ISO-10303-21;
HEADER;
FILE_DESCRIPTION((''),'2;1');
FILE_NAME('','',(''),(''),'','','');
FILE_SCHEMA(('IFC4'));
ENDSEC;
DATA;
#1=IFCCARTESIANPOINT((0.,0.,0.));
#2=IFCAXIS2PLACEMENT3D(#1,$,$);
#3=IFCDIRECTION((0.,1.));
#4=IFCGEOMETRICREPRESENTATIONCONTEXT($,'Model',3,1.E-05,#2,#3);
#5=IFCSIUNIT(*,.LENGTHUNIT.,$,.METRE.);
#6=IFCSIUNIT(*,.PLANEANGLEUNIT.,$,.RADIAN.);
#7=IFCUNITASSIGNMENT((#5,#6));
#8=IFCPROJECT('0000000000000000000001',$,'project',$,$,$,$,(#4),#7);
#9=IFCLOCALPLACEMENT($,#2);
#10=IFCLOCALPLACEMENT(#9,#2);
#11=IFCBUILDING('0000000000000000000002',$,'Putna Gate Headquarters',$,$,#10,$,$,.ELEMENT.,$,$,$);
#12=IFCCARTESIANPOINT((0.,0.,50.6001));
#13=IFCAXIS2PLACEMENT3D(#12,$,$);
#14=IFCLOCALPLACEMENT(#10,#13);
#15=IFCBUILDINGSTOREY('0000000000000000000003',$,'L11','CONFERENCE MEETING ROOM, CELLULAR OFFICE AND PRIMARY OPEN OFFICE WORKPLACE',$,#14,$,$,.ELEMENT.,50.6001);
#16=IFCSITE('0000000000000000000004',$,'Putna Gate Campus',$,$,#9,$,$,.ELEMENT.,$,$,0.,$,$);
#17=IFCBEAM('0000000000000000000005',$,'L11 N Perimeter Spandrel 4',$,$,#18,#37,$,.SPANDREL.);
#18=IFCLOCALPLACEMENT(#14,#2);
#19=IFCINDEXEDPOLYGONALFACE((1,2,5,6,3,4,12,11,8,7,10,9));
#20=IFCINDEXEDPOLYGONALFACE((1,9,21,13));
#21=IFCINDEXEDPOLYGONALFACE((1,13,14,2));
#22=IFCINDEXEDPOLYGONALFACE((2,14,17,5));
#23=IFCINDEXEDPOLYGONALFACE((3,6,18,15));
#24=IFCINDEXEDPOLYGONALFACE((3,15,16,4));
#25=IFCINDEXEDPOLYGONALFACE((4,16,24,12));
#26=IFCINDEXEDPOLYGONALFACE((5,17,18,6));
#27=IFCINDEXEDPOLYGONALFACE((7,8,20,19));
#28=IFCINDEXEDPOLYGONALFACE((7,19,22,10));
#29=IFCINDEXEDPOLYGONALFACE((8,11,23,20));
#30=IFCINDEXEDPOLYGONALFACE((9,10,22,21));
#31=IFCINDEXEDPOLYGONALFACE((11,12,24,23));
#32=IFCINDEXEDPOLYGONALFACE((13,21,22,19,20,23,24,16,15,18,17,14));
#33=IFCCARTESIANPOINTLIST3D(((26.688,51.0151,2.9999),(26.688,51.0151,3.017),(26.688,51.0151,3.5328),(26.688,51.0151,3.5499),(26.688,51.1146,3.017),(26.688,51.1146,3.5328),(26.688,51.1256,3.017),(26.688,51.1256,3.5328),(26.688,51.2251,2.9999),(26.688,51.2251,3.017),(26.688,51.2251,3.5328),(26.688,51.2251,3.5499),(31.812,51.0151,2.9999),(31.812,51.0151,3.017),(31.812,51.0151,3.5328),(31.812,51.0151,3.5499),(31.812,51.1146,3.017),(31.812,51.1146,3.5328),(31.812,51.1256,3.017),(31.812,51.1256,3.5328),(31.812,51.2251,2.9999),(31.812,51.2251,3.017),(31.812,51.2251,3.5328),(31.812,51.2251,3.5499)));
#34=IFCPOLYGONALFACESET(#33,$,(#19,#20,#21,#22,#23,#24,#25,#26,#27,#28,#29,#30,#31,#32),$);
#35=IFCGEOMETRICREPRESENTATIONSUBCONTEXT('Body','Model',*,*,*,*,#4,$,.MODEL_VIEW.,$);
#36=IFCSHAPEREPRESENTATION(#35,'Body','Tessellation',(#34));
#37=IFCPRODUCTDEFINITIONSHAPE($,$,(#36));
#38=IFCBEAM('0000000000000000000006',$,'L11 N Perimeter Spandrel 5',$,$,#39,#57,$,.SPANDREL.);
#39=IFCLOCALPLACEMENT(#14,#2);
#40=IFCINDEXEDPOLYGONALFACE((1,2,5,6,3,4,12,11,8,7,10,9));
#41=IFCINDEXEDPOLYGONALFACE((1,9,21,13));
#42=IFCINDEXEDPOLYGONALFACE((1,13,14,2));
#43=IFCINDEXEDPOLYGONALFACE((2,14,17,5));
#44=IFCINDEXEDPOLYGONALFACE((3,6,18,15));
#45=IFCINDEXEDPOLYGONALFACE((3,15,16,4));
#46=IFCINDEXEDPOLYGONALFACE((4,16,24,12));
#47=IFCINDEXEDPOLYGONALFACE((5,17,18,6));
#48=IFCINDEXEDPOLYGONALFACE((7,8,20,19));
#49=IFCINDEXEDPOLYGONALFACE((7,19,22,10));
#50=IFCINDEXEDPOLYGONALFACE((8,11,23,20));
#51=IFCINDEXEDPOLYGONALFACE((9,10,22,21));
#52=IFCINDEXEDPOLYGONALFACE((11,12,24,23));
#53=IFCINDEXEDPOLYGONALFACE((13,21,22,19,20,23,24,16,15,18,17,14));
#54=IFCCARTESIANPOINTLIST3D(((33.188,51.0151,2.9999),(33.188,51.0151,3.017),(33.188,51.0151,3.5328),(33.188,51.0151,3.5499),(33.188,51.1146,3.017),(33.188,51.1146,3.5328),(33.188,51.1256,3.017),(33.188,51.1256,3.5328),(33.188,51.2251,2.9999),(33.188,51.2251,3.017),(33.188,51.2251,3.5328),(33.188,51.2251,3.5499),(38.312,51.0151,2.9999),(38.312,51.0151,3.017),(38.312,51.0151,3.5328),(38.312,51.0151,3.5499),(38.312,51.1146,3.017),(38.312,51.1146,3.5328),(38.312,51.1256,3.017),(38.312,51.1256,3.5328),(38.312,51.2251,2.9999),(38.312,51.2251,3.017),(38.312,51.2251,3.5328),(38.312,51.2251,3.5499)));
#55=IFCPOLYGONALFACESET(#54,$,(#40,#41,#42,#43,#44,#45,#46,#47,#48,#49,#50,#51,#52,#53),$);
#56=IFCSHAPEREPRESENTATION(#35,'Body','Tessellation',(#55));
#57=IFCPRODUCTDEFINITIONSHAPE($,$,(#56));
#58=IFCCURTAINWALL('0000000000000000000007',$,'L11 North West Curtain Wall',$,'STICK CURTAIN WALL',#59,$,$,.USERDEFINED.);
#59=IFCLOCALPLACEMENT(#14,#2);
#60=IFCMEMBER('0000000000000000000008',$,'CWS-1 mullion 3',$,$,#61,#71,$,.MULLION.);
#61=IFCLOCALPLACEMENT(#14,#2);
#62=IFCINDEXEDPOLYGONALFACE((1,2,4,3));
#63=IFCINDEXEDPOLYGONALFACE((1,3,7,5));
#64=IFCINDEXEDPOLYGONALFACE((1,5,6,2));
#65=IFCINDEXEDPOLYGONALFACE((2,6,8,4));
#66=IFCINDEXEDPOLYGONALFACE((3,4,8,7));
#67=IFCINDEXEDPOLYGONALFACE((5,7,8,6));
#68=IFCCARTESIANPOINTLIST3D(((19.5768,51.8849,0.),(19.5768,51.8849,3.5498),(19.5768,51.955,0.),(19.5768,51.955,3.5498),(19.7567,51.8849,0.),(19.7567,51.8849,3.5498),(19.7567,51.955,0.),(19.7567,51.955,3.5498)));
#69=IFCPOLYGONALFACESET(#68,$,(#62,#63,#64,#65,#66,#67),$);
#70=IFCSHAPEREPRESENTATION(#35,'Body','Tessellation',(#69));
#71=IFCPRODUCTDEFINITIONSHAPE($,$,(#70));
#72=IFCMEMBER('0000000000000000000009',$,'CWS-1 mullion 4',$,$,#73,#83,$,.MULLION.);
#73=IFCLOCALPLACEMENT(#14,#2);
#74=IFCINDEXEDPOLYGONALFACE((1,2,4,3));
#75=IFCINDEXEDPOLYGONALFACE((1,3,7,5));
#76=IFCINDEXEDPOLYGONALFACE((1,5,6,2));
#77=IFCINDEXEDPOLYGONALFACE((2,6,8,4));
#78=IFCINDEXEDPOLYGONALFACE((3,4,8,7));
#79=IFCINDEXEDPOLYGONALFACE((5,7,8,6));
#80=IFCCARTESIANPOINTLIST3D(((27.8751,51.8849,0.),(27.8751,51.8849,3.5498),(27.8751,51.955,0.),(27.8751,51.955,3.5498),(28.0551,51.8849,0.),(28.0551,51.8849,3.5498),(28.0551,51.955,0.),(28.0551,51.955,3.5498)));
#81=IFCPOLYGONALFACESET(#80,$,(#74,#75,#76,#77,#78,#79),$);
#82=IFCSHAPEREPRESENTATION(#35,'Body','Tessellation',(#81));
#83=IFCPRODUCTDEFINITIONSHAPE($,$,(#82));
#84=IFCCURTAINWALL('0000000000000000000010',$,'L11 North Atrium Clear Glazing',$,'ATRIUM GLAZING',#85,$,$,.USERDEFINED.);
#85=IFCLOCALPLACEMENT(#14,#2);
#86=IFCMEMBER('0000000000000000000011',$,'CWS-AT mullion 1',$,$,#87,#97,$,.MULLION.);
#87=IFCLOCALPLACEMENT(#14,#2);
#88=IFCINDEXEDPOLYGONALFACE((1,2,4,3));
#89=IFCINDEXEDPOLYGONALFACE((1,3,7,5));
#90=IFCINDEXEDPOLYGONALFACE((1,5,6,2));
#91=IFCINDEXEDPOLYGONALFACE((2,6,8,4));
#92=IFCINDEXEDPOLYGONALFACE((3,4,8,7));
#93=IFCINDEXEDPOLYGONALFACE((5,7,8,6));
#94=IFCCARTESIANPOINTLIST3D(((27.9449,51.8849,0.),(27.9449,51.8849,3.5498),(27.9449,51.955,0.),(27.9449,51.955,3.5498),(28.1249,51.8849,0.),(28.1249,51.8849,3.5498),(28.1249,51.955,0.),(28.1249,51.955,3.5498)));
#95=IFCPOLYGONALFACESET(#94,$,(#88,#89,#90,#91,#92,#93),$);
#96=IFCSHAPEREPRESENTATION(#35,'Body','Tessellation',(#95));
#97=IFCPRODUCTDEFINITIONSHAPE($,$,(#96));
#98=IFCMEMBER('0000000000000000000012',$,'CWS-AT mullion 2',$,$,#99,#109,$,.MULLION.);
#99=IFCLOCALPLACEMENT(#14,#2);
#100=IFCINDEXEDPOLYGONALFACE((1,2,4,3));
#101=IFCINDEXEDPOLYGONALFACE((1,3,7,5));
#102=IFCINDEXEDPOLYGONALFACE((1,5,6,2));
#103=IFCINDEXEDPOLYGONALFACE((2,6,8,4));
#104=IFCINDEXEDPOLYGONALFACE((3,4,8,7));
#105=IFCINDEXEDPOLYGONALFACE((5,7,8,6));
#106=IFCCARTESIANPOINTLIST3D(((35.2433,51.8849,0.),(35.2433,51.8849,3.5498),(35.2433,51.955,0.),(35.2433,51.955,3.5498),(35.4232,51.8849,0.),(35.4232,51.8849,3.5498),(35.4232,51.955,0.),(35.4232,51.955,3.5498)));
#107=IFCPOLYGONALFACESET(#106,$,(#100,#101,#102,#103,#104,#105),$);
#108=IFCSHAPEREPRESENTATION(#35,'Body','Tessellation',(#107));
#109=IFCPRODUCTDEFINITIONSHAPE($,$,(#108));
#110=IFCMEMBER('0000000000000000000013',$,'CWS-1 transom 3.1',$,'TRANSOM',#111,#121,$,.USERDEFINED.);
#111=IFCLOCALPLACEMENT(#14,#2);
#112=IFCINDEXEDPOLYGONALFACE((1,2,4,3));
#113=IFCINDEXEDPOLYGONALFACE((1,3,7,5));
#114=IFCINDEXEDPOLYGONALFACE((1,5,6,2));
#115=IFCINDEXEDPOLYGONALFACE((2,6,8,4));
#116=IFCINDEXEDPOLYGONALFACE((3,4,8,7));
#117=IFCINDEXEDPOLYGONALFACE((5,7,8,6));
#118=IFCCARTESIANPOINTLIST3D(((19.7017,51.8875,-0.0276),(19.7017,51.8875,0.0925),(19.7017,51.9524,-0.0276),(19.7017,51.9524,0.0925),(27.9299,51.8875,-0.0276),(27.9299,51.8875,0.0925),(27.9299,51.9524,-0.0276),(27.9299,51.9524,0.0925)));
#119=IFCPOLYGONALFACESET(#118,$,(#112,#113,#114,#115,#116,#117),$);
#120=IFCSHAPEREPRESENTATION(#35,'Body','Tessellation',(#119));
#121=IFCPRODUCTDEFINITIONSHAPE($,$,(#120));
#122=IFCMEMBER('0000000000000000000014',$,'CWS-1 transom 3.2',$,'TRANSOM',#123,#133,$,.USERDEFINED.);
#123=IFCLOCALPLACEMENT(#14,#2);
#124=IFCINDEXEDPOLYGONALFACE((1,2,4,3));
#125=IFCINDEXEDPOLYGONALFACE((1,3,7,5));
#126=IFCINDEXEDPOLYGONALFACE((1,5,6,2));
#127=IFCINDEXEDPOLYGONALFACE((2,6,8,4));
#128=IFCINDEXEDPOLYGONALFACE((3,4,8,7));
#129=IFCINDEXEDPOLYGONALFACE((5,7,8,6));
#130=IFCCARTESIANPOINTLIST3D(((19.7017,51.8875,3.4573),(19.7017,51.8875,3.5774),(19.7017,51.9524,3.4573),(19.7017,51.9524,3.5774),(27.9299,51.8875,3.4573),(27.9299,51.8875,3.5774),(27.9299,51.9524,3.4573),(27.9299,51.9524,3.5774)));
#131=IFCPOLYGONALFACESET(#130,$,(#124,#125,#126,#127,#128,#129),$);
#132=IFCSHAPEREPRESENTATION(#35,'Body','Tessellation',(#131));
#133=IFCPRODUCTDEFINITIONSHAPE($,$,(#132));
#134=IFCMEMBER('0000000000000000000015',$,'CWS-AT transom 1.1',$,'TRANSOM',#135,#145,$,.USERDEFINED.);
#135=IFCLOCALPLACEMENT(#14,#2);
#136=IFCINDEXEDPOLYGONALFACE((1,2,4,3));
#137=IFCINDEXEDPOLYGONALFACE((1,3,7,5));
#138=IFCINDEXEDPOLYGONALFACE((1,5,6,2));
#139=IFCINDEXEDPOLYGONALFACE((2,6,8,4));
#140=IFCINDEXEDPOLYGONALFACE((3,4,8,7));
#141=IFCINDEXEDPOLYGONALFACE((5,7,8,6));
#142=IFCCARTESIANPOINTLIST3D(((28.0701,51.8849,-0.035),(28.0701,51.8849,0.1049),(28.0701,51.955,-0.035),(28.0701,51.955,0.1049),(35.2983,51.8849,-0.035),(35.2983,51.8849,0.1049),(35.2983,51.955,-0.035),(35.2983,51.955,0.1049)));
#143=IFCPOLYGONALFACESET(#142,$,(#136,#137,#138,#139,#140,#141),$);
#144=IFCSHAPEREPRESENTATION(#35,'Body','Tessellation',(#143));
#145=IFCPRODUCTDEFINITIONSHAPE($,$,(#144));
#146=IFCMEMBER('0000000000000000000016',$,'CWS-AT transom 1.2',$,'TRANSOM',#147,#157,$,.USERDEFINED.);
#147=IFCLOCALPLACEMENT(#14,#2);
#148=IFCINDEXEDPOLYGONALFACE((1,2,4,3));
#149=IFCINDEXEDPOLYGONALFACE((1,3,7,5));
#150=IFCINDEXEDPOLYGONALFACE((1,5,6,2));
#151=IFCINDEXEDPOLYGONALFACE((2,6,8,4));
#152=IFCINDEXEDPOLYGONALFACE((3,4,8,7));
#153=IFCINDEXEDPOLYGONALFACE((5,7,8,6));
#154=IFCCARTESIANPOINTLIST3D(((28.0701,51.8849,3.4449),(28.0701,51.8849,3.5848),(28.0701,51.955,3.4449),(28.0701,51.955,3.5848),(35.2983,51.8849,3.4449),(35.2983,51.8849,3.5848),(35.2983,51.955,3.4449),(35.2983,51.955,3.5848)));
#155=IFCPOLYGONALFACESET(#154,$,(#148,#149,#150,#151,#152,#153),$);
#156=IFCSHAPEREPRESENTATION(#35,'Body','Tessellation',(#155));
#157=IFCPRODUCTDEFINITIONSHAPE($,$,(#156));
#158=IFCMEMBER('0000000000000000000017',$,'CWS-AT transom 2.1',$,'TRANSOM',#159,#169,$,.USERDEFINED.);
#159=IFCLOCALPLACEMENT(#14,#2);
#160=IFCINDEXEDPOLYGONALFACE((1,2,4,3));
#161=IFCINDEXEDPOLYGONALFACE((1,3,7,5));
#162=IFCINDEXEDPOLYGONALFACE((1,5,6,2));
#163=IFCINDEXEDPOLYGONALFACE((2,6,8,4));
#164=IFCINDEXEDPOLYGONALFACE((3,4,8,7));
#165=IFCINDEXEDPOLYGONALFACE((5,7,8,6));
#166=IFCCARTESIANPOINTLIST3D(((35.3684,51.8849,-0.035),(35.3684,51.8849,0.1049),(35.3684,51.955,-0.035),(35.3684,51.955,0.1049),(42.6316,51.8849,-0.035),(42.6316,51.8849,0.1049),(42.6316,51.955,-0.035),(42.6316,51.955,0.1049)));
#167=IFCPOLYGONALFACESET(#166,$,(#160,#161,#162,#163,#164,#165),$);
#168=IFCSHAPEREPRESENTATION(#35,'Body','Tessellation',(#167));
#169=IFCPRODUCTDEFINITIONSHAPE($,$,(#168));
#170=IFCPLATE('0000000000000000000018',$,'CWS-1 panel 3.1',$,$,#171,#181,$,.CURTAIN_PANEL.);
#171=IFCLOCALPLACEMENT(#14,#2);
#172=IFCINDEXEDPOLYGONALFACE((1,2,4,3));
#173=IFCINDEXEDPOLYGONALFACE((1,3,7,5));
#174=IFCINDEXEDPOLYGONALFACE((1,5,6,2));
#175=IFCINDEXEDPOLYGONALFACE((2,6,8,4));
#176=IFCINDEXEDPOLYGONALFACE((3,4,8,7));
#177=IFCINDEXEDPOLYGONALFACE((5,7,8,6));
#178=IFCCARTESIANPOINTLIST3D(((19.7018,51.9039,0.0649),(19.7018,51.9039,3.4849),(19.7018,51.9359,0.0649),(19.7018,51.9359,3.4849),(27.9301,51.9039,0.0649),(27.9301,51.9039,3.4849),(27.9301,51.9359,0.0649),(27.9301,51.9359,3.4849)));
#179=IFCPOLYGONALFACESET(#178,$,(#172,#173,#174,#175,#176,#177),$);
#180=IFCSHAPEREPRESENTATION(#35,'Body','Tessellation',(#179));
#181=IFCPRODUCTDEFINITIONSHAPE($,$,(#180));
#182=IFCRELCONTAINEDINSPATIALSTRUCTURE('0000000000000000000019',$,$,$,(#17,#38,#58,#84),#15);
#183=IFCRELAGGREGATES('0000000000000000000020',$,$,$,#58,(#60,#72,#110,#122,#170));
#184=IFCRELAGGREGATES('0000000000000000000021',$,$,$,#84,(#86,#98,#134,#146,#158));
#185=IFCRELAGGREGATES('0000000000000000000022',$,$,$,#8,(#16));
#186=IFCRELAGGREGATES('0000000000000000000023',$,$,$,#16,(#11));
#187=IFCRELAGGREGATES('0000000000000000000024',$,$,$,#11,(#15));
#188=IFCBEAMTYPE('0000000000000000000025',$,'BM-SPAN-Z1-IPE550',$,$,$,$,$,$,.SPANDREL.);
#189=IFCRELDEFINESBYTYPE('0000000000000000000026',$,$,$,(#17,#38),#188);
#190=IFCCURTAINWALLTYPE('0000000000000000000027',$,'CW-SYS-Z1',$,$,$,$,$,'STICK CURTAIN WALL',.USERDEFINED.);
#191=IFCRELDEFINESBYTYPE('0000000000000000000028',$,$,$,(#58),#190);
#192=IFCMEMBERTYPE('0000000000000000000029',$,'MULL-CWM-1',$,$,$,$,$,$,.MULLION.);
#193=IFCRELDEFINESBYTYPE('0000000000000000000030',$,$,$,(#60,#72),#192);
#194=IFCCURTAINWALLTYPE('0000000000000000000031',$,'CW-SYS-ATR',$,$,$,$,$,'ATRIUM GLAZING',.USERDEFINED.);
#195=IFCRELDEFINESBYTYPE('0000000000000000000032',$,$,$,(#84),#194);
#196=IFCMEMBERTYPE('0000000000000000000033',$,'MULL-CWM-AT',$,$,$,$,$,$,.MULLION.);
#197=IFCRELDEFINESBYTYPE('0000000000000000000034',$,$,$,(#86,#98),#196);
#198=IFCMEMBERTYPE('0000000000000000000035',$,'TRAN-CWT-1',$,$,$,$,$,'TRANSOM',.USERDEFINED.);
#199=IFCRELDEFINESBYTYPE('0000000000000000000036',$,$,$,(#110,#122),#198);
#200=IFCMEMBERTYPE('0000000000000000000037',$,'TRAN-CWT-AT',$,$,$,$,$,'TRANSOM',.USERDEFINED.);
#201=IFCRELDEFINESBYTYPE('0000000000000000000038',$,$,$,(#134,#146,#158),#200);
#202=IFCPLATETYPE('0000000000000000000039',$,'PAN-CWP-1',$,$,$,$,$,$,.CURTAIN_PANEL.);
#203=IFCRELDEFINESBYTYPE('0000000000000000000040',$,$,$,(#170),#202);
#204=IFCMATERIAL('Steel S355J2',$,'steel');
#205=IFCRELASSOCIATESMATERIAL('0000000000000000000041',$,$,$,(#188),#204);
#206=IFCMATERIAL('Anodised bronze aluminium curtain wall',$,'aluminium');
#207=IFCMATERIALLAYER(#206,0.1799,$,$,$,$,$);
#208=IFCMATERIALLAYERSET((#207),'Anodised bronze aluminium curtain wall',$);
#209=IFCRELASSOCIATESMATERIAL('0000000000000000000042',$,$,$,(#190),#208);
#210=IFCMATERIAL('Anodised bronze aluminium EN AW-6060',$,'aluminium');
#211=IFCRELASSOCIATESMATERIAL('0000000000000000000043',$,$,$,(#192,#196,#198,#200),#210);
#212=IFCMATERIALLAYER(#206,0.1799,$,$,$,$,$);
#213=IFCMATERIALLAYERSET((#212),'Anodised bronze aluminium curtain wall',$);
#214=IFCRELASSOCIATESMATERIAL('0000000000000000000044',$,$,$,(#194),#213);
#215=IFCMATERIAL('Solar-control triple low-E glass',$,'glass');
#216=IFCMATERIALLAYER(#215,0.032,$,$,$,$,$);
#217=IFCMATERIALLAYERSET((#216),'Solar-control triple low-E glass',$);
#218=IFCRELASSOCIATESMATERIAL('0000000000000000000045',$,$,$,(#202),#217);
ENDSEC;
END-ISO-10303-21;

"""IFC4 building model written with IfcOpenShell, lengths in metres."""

from ifc_helpers import new_model, si_unit, direction, frame, origin, origin_2d, place, context, subcontext, project, spatial, rectangle, i_section, extrude, material, layer, layer_set, material_profile, profile_set, type_object, element, aggregate, save


model = new_model("IFC4")

# Units and contexts
model_context = context("Model", 3, precision=1e-05, world=origin(), true_north=direction((0.0, 1.0)))
body_context = subcontext(model_context, "Body", "Model", "MODEL_VIEW")
ifc_project = project(units=[si_unit("LENGTHUNIT", "METRE"), si_unit("PLANEANGLEUNIT", "RADIAN")], contexts=[model_context])

# Site, building, storey
site_placement = place(None, origin())
site = spatial("IfcSite", under=ifc_project, at=site_placement, Name="Putna Gate Campus", CompositionType="ELEMENT", RefElevation=0.0)
building_placement = place(site_placement, origin())
building = spatial("IfcBuilding", under=site, at=building_placement, Name="Putna Gate Headquarters", CompositionType="ELEMENT")
storey_placement = place(building_placement, frame((0.0, 0.0, 50.6001)))
storey = spatial("IfcBuildingStorey", under=building, at=storey_placement, Name="L11", Description="CONFERENCE MEETING ROOM, CELLULAR OFFICE AND PRIMARY OPEN OFFICE WORKPLACE", CompositionType="ELEMENT", Elevation=50.6001)

# Beams
ifc_material_1 = material(Name="Steel S355J2", Category="steel")
ifc_material_profile_1 = material_profile(ifc_material_1, i_section(OverallWidth=0.21, OverallDepth=0.55, WebThickness=0.011, FlangeThickness=0.0171, at=origin_2d()), Name="Steel S355J2")
ifc_profile_set_1 = profile_set([ifc_material_profile_1], Name="Steel S355J2")
beam_type_1 = type_object("IfcBeamType", Name="BM-SPAN-Z1-IPE550", PredefinedType="SPANDREL", material=ifc_profile_set_1)
for number, where, z_axis, x_axis, name in (
    (1, (26.688, 51.1201, 3.2749), (1.0, 0.0, 0.0), (0.0, 1.0, 0.0), "L11 N Perimeter Spandrel 4"),
    (2, (33.188, 51.1201, 3.2749), (1.0, 0.0, 0.0), (0.0, 1.0, 0.0), "L11 N Perimeter Spandrel 5"),
):
    element("IfcBeam", number, at=place(storey_placement, frame(where, z_axis=z_axis, x_axis=x_axis)), inside=storey, type_object=beam_type_1, Name=name, PredefinedType="SPANDREL", context=body_context, shape_type="SweptSolid", body=[
        extrude(i_section(OverallWidth=0.21, OverallDepth=0.55, WebThickness=0.011, FlangeThickness=0.0171, at=origin_2d()), origin(), (0.0, 0.0, 1.0), 5.124),
    ])

# Curtain walls, members
ifc_material_2 = material(Name="Anodised bronze aluminium curtain wall", Category="aluminium")
ifc_layer_1 = layer(ifc_material_2, 0.1799)
ifc_layer_set_1 = layer_set([ifc_layer_1], Name="Anodised bronze aluminium curtain wall")
curtain_wall_type_1 = type_object("IfcCurtainWallType", Name="CW-SYS-Z1", ElementType="STICK CURTAIN WALL", PredefinedType="USERDEFINED", material=ifc_layer_set_1)
curtain_wall_1_placement = place(storey_placement, origin())
curtain_wall_1 = element("IfcCurtainWall", 3, at=curtain_wall_1_placement, inside=storey, type_object=curtain_wall_type_1, Name="L11 North West Curtain Wall", ObjectType="STICK CURTAIN WALL", PredefinedType="USERDEFINED")
ifc_material_3 = material(Name="Anodised bronze aluminium EN AW-6060", Category="aluminium")
ifc_material_profile_2 = material_profile(ifc_material_3, rectangle(XDim=0.0701, YDim=0.1799, at=origin_2d()), Name="Anodised bronze aluminium EN AW-6060")
ifc_profile_set_2 = profile_set([ifc_material_profile_2], Name="Anodised bronze aluminium EN AW-6060")
member_type_1 = type_object("IfcMemberType", Name="MULL-CWM-1", PredefinedType="MULLION", material=ifc_profile_set_2)
member_1_placement = place(storey_placement, frame((19.6667, 51.9199, 0.0), z_axis=(0.0, 0.0, 1.0), x_axis=(0.0, 1.0, 0.0)))
member_1 = element("IfcMember", 4, at=member_1_placement, type_object=member_type_1, Name="CWS-1 mullion 3", PredefinedType="MULLION", context=body_context, shape_type="SweptSolid", body=[
    extrude(rectangle(XDim=0.0701, YDim=0.1799, at=origin_2d()), origin(), (0.0, 0.0, 1.0), 3.5498),
])
member_2_placement = place(storey_placement, frame((27.9651, 51.9199, 0.0), z_axis=(0.0, 0.0, 1.0), x_axis=(0.0, 1.0, 0.0)))
member_2 = element("IfcMember", 5, at=member_2_placement, type_object=member_type_1, Name="CWS-1 mullion 4", PredefinedType="MULLION", context=body_context, shape_type="SweptSolid", body=[
    extrude(rectangle(XDim=0.0701, YDim=0.1799, at=origin_2d()), origin(), (0.0, 0.0, 1.0), 3.5498),
])
ifc_layer_2 = layer(ifc_material_2, 0.1799)
ifc_layer_set_2 = layer_set([ifc_layer_2], Name="Anodised bronze aluminium curtain wall")
curtain_wall_type_2 = type_object("IfcCurtainWallType", Name="CW-SYS-ATR", ElementType="ATRIUM GLAZING", PredefinedType="USERDEFINED", material=ifc_layer_set_2)
curtain_wall_2_placement = place(storey_placement, origin())
curtain_wall_2 = element("IfcCurtainWall", 6, at=curtain_wall_2_placement, inside=storey, type_object=curtain_wall_type_2, Name="L11 North Atrium Clear Glazing", ObjectType="ATRIUM GLAZING", PredefinedType="USERDEFINED")
ifc_material_profile_3 = material_profile(ifc_material_3, rectangle(XDim=0.0701, YDim=0.1799, at=origin_2d()), Name="Anodised bronze aluminium EN AW-6060")
ifc_profile_set_3 = profile_set([ifc_material_profile_3], Name="Anodised bronze aluminium EN AW-6060")
member_type_2 = type_object("IfcMemberType", Name="MULL-CWM-AT", PredefinedType="MULLION", material=ifc_profile_set_3)
member_3_placement = place(storey_placement, frame((28.0349, 51.9199, 0.0), z_axis=(0.0, 0.0, 1.0), x_axis=(0.0, 1.0, 0.0)))
member_3 = element("IfcMember", 7, at=member_3_placement, type_object=member_type_2, Name="CWS-AT mullion 1", PredefinedType="MULLION", context=body_context, shape_type="SweptSolid", body=[
    extrude(rectangle(XDim=0.0701, YDim=0.1799, at=origin_2d()), origin(), (0.0, 0.0, 1.0), 3.5498),
])
member_4_placement = place(storey_placement, frame((35.3333, 51.9199, 0.0), z_axis=(0.0, 0.0, 1.0), x_axis=(0.0, 1.0, 0.0)))
member_4 = element("IfcMember", 8, at=member_4_placement, type_object=member_type_2, Name="CWS-AT mullion 2", PredefinedType="MULLION", context=body_context, shape_type="SweptSolid", body=[
    extrude(rectangle(XDim=0.0701, YDim=0.1799, at=origin_2d()), origin(), (0.0, 0.0, 1.0), 3.5498),
])

# Members
ifc_material_profile_4 = material_profile(ifc_material_3, rectangle(XDim=0.0649, YDim=0.1201, at=origin_2d()), Name="Anodised bronze aluminium EN AW-6060")
ifc_profile_set_4 = profile_set([ifc_material_profile_4], Name="Anodised bronze aluminium EN AW-6060")
member_type_3 = type_object("IfcMemberType", Name="TRAN-CWT-1", ElementType="TRANSOM", PredefinedType="USERDEFINED", material=ifc_profile_set_4)
member_5_placement = place(storey_placement, frame((19.7017, 51.9199, 0.0325), z_axis=(1.0, 0.0, 0.0), x_axis=(0.0, 1.0, 0.0)))
member_5 = element("IfcMember", 9, at=member_5_placement, type_object=member_type_3, Name="CWS-1 transom 3.1", ObjectType="TRANSOM", PredefinedType="USERDEFINED", context=body_context, shape_type="SweptSolid", body=[
    extrude(rectangle(XDim=0.0649, YDim=0.1201, at=origin_2d()), origin(), (0.0, 0.0, 1.0), 8.2283),
])
member_6_placement = place(storey_placement, frame((19.7017, 51.9199, 3.5173), z_axis=(1.0, 0.0, 0.0), x_axis=(0.0, 1.0, 0.0)))
member_6 = element("IfcMember", 10, at=member_6_placement, type_object=member_type_3, Name="CWS-1 transom 3.2", ObjectType="TRANSOM", PredefinedType="USERDEFINED", context=body_context, shape_type="SweptSolid", body=[
    extrude(rectangle(XDim=0.0649, YDim=0.1201, at=origin_2d()), origin(), (0.0, 0.0, 1.0), 8.2283),
])
ifc_material_profile_5 = material_profile(ifc_material_3, rectangle(XDim=0.0701, YDim=0.1399, at=origin_2d()), Name="Anodised bronze aluminium EN AW-6060")
ifc_profile_set_5 = profile_set([ifc_material_profile_5], Name="Anodised bronze aluminium EN AW-6060")
member_type_4 = type_object("IfcMemberType", Name="TRAN-CWT-AT", ElementType="TRANSOM", PredefinedType="USERDEFINED", material=ifc_profile_set_5)
member_7_placement = place(storey_placement, frame((28.0701, 51.9199, 0.0349), z_axis=(1.0, 0.0, 0.0), x_axis=(0.0, 1.0, 0.0)))
member_7 = element("IfcMember", 11, at=member_7_placement, type_object=member_type_4, Name="CWS-AT transom 1.1", ObjectType="TRANSOM", PredefinedType="USERDEFINED", context=body_context, shape_type="SweptSolid", body=[
    extrude(rectangle(XDim=0.0701, YDim=0.1399, at=origin_2d()), origin(), (0.0, 0.0, 1.0), 7.2283),
])
member_8_placement = place(storey_placement, frame((28.0701, 51.9199, 3.5149), z_axis=(1.0, 0.0, 0.0), x_axis=(0.0, 1.0, 0.0)))
member_8 = element("IfcMember", 12, at=member_8_placement, type_object=member_type_4, Name="CWS-AT transom 1.2", ObjectType="TRANSOM", PredefinedType="USERDEFINED", context=body_context, shape_type="SweptSolid", body=[
    extrude(rectangle(XDim=0.0701, YDim=0.1399, at=origin_2d()), origin(), (0.0, 0.0, 1.0), 7.2283),
])
member_9_placement = place(storey_placement, frame((35.3684, 51.9199, 0.0349), z_axis=(1.0, 0.0, 0.0), x_axis=(0.0, 1.0, 0.0)))
member_9 = element("IfcMember", 13, at=member_9_placement, type_object=member_type_4, Name="CWS-AT transom 2.1", ObjectType="TRANSOM", PredefinedType="USERDEFINED", context=body_context, shape_type="SweptSolid", body=[
    extrude(rectangle(XDim=0.0701, YDim=0.1399, at=origin_2d()), origin(), (0.0, 0.0, 1.0), 7.2632),
])

# Plate
ifc_material_4 = material(Name="Solar-control triple low-E glass", Category="glass")
ifc_layer_3 = layer(ifc_material_4, 0.032)
ifc_layer_set_3 = layer_set([ifc_layer_3], Name="Solar-control triple low-E glass")
plate_type_1 = type_object("IfcPlateType", Name="PAN-CWP-1", PredefinedType="CURTAIN_PANEL", material=ifc_layer_set_3)
plate_1_placement = place(storey_placement, frame((23.8159, 51.9199, 0.0649), z_axis=(0.0, 0.0, 1.0), x_axis=(1.0, 0.0, 0.0)))
plate_1 = element("IfcPlate", 14, at=plate_1_placement, type_object=plate_type_1, Name="CWS-1 panel 3.1", PredefinedType="CURTAIN_PANEL", context=body_context, shape_type="SweptSolid", body=[
    extrude(rectangle(XDim=8.2283, YDim=0.032, at=origin_2d()), origin(), (0.0, 0.0, 1.0), 3.4199),
])
aggregate(curtain_wall_1, [member_1, member_2, member_5, member_6, plate_1])
aggregate(curtain_wall_2, [member_3, member_4, member_7, member_8, member_9])

save(model, "model.ifc")
